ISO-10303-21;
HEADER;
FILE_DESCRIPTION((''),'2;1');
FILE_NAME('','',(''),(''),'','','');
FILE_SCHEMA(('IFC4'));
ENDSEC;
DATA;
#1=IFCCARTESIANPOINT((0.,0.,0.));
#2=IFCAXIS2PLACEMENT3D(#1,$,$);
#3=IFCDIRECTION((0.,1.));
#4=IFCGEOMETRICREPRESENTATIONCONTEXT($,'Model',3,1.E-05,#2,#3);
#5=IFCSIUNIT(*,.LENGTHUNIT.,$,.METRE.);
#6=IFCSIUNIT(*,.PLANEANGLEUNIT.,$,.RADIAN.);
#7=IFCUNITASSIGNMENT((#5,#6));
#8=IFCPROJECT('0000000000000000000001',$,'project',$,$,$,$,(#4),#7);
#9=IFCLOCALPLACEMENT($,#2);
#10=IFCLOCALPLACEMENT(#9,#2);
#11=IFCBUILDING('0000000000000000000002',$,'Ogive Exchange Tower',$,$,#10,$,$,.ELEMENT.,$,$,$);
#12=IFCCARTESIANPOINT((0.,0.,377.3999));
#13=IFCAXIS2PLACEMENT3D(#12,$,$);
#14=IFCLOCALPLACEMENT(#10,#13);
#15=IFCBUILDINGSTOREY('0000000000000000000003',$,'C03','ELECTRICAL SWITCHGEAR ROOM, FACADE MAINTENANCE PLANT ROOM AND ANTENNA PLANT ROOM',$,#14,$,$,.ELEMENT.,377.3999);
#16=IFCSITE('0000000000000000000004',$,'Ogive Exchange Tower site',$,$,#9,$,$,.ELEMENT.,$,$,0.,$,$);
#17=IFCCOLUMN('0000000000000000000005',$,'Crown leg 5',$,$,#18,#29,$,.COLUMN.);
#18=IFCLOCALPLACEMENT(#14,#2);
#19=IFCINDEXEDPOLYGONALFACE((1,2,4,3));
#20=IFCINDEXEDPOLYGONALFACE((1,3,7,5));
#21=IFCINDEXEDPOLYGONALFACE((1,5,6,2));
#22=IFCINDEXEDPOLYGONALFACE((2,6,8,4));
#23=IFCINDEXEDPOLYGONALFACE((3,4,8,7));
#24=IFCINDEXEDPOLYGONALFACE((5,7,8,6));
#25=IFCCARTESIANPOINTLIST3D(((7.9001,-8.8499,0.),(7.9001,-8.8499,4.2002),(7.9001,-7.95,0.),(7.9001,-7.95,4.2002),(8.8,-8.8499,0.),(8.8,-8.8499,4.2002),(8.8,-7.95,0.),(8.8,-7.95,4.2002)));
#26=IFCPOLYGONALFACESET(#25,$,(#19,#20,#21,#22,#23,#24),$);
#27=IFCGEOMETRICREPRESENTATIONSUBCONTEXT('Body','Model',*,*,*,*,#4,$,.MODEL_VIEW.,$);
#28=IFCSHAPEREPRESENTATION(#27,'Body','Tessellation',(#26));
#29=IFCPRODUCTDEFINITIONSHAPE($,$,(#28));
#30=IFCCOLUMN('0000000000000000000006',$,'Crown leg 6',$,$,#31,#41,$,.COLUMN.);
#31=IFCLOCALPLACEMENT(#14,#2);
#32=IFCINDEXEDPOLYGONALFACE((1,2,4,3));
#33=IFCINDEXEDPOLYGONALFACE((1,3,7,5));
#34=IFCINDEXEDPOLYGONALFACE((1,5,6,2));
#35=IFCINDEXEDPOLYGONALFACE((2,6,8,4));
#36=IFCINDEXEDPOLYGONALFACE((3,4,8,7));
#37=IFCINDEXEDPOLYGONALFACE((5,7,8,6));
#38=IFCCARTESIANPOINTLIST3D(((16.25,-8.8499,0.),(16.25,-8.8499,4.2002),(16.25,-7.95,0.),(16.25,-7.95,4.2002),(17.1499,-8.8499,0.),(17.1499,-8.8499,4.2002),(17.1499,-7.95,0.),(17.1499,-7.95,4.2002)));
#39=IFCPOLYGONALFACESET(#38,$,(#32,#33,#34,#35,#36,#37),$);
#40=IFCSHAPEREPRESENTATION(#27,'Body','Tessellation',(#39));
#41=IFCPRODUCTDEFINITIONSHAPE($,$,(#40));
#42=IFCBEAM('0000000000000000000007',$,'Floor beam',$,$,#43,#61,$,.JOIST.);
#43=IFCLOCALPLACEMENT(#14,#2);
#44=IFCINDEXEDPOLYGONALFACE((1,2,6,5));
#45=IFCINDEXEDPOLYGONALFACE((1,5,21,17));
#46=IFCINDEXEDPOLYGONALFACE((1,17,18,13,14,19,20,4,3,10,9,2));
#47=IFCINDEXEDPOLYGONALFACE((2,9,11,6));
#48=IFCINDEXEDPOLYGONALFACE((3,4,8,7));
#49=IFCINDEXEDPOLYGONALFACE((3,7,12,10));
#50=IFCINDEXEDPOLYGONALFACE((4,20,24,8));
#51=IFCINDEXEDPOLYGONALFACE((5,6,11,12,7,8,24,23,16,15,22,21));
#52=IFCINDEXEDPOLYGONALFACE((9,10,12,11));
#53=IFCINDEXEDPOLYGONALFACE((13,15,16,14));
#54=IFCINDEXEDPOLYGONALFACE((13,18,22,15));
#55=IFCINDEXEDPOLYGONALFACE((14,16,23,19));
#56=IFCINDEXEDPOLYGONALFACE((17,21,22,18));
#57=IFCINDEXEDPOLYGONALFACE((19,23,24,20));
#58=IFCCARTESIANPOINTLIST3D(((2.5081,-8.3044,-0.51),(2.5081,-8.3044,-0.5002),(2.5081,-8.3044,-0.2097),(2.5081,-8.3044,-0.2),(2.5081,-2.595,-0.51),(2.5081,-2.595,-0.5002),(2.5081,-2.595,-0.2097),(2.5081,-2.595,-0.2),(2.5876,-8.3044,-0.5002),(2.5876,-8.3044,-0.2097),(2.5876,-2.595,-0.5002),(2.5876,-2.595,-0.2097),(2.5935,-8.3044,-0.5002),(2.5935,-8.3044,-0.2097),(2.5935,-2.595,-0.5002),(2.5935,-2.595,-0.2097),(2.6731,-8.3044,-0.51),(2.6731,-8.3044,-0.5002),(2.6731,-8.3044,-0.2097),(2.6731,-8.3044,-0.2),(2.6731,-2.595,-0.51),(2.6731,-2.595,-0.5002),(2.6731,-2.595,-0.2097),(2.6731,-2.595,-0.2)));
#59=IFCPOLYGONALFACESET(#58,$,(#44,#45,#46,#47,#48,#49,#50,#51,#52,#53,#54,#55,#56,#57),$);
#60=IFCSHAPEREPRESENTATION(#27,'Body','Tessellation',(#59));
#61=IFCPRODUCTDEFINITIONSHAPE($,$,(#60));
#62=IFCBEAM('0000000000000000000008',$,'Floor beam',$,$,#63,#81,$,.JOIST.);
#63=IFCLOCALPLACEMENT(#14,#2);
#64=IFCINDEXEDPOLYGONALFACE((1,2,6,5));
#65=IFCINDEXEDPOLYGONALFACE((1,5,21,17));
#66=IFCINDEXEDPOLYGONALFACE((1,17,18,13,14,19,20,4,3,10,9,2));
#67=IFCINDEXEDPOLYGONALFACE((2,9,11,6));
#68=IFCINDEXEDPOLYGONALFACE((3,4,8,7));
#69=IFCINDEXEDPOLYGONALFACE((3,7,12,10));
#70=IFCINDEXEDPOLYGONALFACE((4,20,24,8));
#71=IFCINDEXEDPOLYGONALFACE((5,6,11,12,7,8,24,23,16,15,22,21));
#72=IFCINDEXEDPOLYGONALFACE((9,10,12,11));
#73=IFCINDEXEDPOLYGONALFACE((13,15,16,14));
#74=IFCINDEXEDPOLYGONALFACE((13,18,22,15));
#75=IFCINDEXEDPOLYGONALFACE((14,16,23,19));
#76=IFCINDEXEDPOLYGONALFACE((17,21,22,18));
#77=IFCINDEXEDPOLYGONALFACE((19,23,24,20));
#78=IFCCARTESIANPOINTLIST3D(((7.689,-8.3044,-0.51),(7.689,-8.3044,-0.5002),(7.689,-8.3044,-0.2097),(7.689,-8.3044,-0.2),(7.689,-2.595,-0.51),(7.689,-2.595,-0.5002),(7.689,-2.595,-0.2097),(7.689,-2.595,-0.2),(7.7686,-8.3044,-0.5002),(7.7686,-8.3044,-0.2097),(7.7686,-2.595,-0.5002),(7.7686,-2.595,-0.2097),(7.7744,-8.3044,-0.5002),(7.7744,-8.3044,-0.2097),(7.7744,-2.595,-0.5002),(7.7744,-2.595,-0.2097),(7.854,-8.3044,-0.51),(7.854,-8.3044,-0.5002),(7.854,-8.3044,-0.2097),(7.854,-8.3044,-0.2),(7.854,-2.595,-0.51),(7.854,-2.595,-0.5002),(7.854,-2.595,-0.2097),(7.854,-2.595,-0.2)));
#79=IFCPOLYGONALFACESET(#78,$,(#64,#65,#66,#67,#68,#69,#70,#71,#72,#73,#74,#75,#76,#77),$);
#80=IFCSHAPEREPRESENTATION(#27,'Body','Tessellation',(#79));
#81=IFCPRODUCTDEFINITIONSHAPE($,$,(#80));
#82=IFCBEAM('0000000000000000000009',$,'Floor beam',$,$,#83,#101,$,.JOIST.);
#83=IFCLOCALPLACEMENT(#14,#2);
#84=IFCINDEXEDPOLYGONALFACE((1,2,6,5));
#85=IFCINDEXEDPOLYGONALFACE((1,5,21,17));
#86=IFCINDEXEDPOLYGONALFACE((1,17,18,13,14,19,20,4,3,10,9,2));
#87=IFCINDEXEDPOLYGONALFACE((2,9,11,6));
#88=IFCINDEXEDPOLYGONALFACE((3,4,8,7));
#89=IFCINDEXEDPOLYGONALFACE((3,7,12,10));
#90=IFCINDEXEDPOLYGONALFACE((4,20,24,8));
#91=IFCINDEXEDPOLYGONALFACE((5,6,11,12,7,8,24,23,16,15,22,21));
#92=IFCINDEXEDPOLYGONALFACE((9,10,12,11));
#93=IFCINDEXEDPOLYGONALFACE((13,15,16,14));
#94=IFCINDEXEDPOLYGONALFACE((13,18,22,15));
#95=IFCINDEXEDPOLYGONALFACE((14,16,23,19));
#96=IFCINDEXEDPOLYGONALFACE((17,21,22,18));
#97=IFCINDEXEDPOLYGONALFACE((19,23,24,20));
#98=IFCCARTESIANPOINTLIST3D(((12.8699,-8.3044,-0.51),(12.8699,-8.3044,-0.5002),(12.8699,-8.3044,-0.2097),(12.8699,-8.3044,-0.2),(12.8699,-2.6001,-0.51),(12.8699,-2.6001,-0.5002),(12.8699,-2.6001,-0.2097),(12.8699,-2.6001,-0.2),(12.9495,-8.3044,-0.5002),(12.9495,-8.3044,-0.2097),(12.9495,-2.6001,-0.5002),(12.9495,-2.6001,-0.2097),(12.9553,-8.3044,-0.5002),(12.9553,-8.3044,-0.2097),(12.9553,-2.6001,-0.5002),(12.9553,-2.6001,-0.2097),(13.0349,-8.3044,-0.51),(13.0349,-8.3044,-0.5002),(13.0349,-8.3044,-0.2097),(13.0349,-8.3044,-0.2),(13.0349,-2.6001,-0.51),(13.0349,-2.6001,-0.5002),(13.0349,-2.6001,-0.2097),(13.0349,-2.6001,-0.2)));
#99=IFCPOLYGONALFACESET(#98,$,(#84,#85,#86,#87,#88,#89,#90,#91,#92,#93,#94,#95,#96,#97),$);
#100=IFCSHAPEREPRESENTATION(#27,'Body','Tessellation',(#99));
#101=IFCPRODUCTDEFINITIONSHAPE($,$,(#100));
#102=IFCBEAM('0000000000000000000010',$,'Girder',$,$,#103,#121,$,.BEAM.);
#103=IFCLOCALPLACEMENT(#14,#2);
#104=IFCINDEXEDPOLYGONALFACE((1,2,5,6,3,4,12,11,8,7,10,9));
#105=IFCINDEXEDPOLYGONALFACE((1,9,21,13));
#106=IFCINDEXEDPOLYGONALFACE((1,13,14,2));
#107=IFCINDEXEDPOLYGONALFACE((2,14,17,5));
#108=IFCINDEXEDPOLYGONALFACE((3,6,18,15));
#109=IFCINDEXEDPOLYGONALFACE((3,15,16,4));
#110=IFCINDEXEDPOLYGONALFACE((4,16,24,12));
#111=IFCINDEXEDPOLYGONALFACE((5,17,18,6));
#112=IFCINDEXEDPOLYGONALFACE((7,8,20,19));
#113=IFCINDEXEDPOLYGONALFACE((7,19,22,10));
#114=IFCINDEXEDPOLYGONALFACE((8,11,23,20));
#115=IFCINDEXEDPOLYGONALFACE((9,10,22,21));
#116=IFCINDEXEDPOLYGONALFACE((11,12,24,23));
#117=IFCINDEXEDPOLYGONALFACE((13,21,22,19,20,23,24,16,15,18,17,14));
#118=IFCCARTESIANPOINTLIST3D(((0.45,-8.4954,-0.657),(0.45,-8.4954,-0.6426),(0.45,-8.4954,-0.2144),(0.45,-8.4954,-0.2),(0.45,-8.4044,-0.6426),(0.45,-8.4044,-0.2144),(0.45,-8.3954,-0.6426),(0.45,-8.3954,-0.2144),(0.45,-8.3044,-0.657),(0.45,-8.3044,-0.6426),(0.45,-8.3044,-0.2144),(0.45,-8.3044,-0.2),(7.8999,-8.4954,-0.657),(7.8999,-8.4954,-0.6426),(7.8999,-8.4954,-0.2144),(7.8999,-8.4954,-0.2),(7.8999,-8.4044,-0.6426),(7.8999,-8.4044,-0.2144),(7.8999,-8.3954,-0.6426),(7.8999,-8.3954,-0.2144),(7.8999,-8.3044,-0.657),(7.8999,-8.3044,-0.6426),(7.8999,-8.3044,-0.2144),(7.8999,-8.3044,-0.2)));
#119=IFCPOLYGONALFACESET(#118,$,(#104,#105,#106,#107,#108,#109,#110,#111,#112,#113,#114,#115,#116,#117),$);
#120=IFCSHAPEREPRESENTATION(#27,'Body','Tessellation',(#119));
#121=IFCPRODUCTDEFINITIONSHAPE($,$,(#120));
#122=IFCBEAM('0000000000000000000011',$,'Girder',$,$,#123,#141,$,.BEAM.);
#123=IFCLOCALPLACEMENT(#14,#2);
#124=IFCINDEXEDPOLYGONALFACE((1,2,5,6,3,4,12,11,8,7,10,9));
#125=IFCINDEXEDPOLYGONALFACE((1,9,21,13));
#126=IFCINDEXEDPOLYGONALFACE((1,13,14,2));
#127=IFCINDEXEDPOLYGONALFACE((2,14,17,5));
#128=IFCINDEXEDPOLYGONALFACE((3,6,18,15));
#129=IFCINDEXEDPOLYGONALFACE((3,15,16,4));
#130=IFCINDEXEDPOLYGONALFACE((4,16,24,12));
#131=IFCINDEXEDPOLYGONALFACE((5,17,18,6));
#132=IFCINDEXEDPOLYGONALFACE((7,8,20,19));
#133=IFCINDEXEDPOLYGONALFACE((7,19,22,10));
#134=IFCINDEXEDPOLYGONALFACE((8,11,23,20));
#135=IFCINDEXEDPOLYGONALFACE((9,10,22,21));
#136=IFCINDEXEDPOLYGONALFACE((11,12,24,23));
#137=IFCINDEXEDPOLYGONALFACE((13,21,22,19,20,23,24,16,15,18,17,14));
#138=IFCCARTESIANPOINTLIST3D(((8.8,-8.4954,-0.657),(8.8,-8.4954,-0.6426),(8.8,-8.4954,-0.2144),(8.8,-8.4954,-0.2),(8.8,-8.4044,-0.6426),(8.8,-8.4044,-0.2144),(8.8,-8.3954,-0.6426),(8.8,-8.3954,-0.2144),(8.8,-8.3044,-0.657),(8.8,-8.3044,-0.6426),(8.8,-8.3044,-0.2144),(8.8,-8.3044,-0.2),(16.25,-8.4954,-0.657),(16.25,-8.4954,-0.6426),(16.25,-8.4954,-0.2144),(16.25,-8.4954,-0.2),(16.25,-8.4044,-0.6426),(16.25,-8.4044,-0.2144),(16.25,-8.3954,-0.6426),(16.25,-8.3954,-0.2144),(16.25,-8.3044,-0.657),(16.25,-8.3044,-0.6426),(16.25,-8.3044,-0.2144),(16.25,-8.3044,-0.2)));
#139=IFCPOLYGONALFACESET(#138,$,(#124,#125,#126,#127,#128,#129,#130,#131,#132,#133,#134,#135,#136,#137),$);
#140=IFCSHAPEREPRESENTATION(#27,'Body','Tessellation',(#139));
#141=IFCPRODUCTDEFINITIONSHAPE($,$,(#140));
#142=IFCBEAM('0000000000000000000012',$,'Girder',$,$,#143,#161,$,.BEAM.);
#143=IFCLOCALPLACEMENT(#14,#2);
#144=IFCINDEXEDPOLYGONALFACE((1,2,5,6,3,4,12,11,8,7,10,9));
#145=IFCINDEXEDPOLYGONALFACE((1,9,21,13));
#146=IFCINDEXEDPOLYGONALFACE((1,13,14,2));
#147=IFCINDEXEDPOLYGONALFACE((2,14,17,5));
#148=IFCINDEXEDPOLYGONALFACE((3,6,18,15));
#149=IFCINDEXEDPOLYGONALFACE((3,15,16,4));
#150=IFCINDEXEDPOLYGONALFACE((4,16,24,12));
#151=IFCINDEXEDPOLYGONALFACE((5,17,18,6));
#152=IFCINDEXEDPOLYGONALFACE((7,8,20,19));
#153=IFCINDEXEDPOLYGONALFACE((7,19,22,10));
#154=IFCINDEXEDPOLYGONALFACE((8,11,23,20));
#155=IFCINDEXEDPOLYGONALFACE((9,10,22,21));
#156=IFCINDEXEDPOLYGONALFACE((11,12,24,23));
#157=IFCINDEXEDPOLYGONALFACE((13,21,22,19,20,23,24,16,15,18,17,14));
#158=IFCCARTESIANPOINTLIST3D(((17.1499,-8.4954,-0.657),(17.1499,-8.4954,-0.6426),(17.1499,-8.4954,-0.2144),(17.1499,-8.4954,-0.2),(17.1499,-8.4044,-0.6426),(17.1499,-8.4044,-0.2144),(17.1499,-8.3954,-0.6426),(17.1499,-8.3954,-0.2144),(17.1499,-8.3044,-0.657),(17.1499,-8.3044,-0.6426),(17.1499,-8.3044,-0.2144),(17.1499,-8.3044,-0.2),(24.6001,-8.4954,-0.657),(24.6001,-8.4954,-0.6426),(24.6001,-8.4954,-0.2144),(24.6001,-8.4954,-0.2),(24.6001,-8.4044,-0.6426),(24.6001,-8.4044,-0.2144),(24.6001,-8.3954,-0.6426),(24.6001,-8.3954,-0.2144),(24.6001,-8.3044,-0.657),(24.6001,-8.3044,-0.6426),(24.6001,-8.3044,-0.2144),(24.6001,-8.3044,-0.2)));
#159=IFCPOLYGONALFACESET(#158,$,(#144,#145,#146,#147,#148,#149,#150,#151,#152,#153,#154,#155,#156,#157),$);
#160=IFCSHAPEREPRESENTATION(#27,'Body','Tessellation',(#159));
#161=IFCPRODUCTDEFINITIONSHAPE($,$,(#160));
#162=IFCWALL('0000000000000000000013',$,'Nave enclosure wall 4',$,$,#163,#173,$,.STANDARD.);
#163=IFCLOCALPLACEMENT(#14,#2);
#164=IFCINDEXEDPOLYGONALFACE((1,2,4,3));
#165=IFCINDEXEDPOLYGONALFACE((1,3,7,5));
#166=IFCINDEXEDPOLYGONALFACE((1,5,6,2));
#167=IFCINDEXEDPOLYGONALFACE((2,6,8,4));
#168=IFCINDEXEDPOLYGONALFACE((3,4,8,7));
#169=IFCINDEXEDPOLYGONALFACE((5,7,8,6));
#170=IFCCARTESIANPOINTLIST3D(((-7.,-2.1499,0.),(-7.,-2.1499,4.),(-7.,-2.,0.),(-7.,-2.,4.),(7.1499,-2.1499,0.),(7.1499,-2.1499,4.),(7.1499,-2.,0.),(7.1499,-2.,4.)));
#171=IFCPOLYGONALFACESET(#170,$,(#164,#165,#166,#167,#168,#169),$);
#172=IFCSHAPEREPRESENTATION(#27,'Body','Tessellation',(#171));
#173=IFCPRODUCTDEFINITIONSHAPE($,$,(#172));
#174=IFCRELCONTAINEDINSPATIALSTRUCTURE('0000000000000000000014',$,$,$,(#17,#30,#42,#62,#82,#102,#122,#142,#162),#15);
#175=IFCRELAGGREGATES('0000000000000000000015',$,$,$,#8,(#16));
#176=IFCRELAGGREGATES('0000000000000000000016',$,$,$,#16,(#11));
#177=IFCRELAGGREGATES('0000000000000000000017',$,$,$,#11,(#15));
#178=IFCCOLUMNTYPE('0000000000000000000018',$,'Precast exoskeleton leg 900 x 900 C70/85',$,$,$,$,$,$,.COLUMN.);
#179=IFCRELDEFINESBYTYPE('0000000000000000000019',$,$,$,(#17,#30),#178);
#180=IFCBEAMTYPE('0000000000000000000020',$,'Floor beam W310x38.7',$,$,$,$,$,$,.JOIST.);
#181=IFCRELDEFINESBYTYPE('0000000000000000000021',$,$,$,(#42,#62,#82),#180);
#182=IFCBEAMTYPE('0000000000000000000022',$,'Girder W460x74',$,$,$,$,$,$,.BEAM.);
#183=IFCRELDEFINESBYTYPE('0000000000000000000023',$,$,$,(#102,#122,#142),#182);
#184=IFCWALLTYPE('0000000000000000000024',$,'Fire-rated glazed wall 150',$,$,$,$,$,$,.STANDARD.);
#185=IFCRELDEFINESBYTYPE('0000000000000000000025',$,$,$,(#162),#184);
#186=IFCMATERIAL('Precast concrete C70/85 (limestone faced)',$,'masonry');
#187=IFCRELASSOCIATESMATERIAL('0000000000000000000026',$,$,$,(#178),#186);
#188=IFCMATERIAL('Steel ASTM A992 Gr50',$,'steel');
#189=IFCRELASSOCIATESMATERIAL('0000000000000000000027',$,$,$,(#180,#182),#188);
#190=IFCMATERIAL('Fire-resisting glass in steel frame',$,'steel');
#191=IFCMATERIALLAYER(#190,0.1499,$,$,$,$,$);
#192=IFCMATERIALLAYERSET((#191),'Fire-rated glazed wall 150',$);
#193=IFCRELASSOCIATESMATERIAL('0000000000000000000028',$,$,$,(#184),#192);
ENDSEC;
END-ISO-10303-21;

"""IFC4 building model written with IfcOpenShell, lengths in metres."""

from ifc_helpers import new_model, si_unit, direction, frame, frame_2d, origin, origin_2d, place, context, subcontext, project, spatial, rectangle, i_section, extrude, material, layer, layer_set, material_profile, profile_set, type_object, element, save


model = new_model("IFC4")

# Units and contexts
model_context = context("Model", 3, precision=1e-05, world=origin(), true_north=direction((0.0, 1.0)))
body_context = subcontext(model_context, "Body", "Model", "MODEL_VIEW")
ifc_project = project(units=[si_unit("LENGTHUNIT", "METRE"), si_unit("PLANEANGLEUNIT", "RADIAN")], contexts=[model_context])

# Site, building, storey
site_placement = place(None, origin())
site = spatial("IfcSite", under=ifc_project, at=site_placement, Name="Ogive Exchange Tower site", CompositionType="ELEMENT", RefElevation=0.0)
building_placement = place(site_placement, origin())
building = spatial("IfcBuilding", under=site, at=building_placement, Name="Ogive Exchange Tower", CompositionType="ELEMENT")
storey_placement = place(building_placement, frame((0.0, 0.0, 377.3999)))
storey = spatial("IfcBuildingStorey", under=building, at=storey_placement, Name="C03", Description="ELECTRICAL SWITCHGEAR ROOM, FACADE MAINTENANCE PLANT ROOM AND ANTENNA PLANT ROOM", CompositionType="ELEMENT", Elevation=377.3999)

# Columns
ifc_material_1 = material(Name="Precast concrete C70/85 (limestone faced)", Category="masonry")
ifc_material_profile_1 = material_profile(ifc_material_1, rectangle(XDim=0.8999, YDim=0.8999, at=origin_2d()), Name="900 x 900")
ifc_profile_set_1 = profile_set([ifc_material_profile_1], Name="Precast concrete C70/85 (limestone faced)")
column_type = type_object("IfcColumnType", Name="Precast exoskeleton leg 900 x 900 C70/85", PredefinedType="COLUMN", material=ifc_profile_set_1)
for number, where, z_axis, x_axis, name in (
    (1, (8.3501, -8.3999, 0.0), (0.0, 0.0, 1.0), (1.0, 0.0, 0.0), "Crown leg 5"),
    (2, (16.7, -8.3999, 0.0), (0.0, 0.0, 1.0), (1.0, 0.0, 0.0), "Crown leg 6"),
):
    element("IfcColumn", number, at=place(storey_placement, frame(where, z_axis=z_axis, x_axis=x_axis)), inside=storey, type_object=column_type, Name=name, PredefinedType="COLUMN", context=body_context, shape_type="SweptSolid", body=[
        extrude(rectangle(XDim=0.8999, YDim=0.8999, at=origin_2d()), origin(), (0.0, 0.0, 1.0), 4.2002),
    ])

# Beams
ifc_material_2 = material(Name="Steel ASTM A992 Gr50", Category="steel")
ifc_material_profile_2 = material_profile(ifc_material_2, i_section(OverallWidth=0.165, OverallDepth=0.3101, WebThickness=0.0059, FlangeThickness=0.0098, at=origin_2d()), Name="W310x38.7")
ifc_profile_set_2 = profile_set([ifc_material_profile_2], Name="Steel ASTM A992 Gr50")
beam_type_1 = type_object("IfcBeamType", Name="Floor beam W310x38.7", PredefinedType="JOIST", material=ifc_profile_set_2)
for number, where, z_axis, x_axis, name in (
    (3, (2.5906, -8.3044, -0.355), (0.0, 1.0, 0.0), (-1.0, 0.0, 0.0), "Floor beam"),
    (4, (7.7715, -8.3044, -0.355), (0.0, 1.0, 0.0), (-1.0, 0.0, 0.0), "Floor beam"),
):
    element("IfcBeam", number, at=place(storey_placement, frame(where, z_axis=z_axis, x_axis=x_axis)), inside=storey, type_object=beam_type_1, Name=name, PredefinedType="JOIST", context=body_context, shape_type="SweptSolid", body=[
        extrude(i_section(OverallWidth=0.165, OverallDepth=0.3101, WebThickness=0.0059, FlangeThickness=0.0098, at=origin_2d()), origin(), (0.0, 0.0, 1.0), 5.7095),
    ])
beam_1_placement = place(storey_placement, frame((12.9524, -8.3044, -0.355), z_axis=(0.0, 1.0, 0.0), x_axis=(-1.0, 0.0, 0.0)))
element("IfcBeam", 5, at=beam_1_placement, inside=storey, type_object=beam_type_1, Name="Floor beam", PredefinedType="JOIST", context=body_context, shape_type="SweptSolid", body=[
    extrude(i_section(OverallWidth=0.165, OverallDepth=0.3101, WebThickness=0.0059, FlangeThickness=0.0098, at=origin_2d()), origin(), (0.0, 0.0, 1.0), 5.7043),
])
ifc_material_profile_3 = material_profile(ifc_material_2, i_section(OverallWidth=0.1909, OverallDepth=0.457, WebThickness=0.009, FlangeThickness=0.0144, at=origin_2d()), Name="W460x74")
ifc_profile_set_3 = profile_set([ifc_material_profile_3], Name="Steel ASTM A992 Gr50")
beam_type_2 = type_object("IfcBeamType", Name="Girder W460x74", PredefinedType="BEAM", material=ifc_profile_set_3)
for number, where, z_axis, x_axis, name in (
    (6, (0.45, -8.3999, -0.4285), (1.0, 0.0, 0.0), (0.0, 1.0, 0.0), "Girder"),
    (7, (8.8, -8.3999, -0.4285), (1.0, 0.0, 0.0), (0.0, 1.0, 0.0), "Girder"),
):
    element("IfcBeam", number, at=place(storey_placement, frame(where, z_axis=z_axis, x_axis=x_axis)), inside=storey, type_object=beam_type_2, Name=name, PredefinedType="BEAM", context=body_context, shape_type="SweptSolid", body=[
        extrude(i_section(OverallWidth=0.1909, OverallDepth=0.457, WebThickness=0.009, FlangeThickness=0.0144, at=origin_2d()), origin(), (0.0, 0.0, 1.0), 7.45),
    ])
beam_2_placement = place(storey_placement, frame((17.1499, -8.3999, -0.4285), z_axis=(1.0, 0.0, 0.0), x_axis=(0.0, 1.0, 0.0)))
element("IfcBeam", 8, at=beam_2_placement, inside=storey, type_object=beam_type_2, Name="Girder", PredefinedType="BEAM", context=body_context, shape_type="SweptSolid", body=[
    extrude(i_section(OverallWidth=0.1909, OverallDepth=0.457, WebThickness=0.009, FlangeThickness=0.0144, at=origin_2d()), origin(), (0.0, 0.0, 1.0), 7.4502),
])

# Wall
ifc_material_3 = material(Name="Fire-resisting glass in steel frame", Category="steel")
ifc_layer_1 = layer(ifc_material_3, 0.1499)
ifc_layer_set_1 = layer_set([ifc_layer_1], Name="Fire-rated glazed wall 150")
wall_type_1 = type_object("IfcWallType", Name="Fire-rated glazed wall 150", PredefinedType="STANDARD", material=ifc_layer_set_1)
wall_1_placement = place(storey_placement, frame((7.1499, -2.075, 0.0), z_axis=(0.0, 0.0, 1.0), x_axis=(-1.0, 0.0, 0.0)))
element("IfcWall", 9, at=wall_1_placement, inside=storey, type_object=wall_type_1, Name="Nave enclosure wall 4", PredefinedType="STANDARD", context=body_context, shape_type="SweptSolid", body=[
    extrude(rectangle(XDim=14.1499, YDim=0.1499, at=frame_2d((7.075, 0.0))), origin(), (0.0, 0.0, 1.0), 4.0),
])

save(model, "model.ifc")
